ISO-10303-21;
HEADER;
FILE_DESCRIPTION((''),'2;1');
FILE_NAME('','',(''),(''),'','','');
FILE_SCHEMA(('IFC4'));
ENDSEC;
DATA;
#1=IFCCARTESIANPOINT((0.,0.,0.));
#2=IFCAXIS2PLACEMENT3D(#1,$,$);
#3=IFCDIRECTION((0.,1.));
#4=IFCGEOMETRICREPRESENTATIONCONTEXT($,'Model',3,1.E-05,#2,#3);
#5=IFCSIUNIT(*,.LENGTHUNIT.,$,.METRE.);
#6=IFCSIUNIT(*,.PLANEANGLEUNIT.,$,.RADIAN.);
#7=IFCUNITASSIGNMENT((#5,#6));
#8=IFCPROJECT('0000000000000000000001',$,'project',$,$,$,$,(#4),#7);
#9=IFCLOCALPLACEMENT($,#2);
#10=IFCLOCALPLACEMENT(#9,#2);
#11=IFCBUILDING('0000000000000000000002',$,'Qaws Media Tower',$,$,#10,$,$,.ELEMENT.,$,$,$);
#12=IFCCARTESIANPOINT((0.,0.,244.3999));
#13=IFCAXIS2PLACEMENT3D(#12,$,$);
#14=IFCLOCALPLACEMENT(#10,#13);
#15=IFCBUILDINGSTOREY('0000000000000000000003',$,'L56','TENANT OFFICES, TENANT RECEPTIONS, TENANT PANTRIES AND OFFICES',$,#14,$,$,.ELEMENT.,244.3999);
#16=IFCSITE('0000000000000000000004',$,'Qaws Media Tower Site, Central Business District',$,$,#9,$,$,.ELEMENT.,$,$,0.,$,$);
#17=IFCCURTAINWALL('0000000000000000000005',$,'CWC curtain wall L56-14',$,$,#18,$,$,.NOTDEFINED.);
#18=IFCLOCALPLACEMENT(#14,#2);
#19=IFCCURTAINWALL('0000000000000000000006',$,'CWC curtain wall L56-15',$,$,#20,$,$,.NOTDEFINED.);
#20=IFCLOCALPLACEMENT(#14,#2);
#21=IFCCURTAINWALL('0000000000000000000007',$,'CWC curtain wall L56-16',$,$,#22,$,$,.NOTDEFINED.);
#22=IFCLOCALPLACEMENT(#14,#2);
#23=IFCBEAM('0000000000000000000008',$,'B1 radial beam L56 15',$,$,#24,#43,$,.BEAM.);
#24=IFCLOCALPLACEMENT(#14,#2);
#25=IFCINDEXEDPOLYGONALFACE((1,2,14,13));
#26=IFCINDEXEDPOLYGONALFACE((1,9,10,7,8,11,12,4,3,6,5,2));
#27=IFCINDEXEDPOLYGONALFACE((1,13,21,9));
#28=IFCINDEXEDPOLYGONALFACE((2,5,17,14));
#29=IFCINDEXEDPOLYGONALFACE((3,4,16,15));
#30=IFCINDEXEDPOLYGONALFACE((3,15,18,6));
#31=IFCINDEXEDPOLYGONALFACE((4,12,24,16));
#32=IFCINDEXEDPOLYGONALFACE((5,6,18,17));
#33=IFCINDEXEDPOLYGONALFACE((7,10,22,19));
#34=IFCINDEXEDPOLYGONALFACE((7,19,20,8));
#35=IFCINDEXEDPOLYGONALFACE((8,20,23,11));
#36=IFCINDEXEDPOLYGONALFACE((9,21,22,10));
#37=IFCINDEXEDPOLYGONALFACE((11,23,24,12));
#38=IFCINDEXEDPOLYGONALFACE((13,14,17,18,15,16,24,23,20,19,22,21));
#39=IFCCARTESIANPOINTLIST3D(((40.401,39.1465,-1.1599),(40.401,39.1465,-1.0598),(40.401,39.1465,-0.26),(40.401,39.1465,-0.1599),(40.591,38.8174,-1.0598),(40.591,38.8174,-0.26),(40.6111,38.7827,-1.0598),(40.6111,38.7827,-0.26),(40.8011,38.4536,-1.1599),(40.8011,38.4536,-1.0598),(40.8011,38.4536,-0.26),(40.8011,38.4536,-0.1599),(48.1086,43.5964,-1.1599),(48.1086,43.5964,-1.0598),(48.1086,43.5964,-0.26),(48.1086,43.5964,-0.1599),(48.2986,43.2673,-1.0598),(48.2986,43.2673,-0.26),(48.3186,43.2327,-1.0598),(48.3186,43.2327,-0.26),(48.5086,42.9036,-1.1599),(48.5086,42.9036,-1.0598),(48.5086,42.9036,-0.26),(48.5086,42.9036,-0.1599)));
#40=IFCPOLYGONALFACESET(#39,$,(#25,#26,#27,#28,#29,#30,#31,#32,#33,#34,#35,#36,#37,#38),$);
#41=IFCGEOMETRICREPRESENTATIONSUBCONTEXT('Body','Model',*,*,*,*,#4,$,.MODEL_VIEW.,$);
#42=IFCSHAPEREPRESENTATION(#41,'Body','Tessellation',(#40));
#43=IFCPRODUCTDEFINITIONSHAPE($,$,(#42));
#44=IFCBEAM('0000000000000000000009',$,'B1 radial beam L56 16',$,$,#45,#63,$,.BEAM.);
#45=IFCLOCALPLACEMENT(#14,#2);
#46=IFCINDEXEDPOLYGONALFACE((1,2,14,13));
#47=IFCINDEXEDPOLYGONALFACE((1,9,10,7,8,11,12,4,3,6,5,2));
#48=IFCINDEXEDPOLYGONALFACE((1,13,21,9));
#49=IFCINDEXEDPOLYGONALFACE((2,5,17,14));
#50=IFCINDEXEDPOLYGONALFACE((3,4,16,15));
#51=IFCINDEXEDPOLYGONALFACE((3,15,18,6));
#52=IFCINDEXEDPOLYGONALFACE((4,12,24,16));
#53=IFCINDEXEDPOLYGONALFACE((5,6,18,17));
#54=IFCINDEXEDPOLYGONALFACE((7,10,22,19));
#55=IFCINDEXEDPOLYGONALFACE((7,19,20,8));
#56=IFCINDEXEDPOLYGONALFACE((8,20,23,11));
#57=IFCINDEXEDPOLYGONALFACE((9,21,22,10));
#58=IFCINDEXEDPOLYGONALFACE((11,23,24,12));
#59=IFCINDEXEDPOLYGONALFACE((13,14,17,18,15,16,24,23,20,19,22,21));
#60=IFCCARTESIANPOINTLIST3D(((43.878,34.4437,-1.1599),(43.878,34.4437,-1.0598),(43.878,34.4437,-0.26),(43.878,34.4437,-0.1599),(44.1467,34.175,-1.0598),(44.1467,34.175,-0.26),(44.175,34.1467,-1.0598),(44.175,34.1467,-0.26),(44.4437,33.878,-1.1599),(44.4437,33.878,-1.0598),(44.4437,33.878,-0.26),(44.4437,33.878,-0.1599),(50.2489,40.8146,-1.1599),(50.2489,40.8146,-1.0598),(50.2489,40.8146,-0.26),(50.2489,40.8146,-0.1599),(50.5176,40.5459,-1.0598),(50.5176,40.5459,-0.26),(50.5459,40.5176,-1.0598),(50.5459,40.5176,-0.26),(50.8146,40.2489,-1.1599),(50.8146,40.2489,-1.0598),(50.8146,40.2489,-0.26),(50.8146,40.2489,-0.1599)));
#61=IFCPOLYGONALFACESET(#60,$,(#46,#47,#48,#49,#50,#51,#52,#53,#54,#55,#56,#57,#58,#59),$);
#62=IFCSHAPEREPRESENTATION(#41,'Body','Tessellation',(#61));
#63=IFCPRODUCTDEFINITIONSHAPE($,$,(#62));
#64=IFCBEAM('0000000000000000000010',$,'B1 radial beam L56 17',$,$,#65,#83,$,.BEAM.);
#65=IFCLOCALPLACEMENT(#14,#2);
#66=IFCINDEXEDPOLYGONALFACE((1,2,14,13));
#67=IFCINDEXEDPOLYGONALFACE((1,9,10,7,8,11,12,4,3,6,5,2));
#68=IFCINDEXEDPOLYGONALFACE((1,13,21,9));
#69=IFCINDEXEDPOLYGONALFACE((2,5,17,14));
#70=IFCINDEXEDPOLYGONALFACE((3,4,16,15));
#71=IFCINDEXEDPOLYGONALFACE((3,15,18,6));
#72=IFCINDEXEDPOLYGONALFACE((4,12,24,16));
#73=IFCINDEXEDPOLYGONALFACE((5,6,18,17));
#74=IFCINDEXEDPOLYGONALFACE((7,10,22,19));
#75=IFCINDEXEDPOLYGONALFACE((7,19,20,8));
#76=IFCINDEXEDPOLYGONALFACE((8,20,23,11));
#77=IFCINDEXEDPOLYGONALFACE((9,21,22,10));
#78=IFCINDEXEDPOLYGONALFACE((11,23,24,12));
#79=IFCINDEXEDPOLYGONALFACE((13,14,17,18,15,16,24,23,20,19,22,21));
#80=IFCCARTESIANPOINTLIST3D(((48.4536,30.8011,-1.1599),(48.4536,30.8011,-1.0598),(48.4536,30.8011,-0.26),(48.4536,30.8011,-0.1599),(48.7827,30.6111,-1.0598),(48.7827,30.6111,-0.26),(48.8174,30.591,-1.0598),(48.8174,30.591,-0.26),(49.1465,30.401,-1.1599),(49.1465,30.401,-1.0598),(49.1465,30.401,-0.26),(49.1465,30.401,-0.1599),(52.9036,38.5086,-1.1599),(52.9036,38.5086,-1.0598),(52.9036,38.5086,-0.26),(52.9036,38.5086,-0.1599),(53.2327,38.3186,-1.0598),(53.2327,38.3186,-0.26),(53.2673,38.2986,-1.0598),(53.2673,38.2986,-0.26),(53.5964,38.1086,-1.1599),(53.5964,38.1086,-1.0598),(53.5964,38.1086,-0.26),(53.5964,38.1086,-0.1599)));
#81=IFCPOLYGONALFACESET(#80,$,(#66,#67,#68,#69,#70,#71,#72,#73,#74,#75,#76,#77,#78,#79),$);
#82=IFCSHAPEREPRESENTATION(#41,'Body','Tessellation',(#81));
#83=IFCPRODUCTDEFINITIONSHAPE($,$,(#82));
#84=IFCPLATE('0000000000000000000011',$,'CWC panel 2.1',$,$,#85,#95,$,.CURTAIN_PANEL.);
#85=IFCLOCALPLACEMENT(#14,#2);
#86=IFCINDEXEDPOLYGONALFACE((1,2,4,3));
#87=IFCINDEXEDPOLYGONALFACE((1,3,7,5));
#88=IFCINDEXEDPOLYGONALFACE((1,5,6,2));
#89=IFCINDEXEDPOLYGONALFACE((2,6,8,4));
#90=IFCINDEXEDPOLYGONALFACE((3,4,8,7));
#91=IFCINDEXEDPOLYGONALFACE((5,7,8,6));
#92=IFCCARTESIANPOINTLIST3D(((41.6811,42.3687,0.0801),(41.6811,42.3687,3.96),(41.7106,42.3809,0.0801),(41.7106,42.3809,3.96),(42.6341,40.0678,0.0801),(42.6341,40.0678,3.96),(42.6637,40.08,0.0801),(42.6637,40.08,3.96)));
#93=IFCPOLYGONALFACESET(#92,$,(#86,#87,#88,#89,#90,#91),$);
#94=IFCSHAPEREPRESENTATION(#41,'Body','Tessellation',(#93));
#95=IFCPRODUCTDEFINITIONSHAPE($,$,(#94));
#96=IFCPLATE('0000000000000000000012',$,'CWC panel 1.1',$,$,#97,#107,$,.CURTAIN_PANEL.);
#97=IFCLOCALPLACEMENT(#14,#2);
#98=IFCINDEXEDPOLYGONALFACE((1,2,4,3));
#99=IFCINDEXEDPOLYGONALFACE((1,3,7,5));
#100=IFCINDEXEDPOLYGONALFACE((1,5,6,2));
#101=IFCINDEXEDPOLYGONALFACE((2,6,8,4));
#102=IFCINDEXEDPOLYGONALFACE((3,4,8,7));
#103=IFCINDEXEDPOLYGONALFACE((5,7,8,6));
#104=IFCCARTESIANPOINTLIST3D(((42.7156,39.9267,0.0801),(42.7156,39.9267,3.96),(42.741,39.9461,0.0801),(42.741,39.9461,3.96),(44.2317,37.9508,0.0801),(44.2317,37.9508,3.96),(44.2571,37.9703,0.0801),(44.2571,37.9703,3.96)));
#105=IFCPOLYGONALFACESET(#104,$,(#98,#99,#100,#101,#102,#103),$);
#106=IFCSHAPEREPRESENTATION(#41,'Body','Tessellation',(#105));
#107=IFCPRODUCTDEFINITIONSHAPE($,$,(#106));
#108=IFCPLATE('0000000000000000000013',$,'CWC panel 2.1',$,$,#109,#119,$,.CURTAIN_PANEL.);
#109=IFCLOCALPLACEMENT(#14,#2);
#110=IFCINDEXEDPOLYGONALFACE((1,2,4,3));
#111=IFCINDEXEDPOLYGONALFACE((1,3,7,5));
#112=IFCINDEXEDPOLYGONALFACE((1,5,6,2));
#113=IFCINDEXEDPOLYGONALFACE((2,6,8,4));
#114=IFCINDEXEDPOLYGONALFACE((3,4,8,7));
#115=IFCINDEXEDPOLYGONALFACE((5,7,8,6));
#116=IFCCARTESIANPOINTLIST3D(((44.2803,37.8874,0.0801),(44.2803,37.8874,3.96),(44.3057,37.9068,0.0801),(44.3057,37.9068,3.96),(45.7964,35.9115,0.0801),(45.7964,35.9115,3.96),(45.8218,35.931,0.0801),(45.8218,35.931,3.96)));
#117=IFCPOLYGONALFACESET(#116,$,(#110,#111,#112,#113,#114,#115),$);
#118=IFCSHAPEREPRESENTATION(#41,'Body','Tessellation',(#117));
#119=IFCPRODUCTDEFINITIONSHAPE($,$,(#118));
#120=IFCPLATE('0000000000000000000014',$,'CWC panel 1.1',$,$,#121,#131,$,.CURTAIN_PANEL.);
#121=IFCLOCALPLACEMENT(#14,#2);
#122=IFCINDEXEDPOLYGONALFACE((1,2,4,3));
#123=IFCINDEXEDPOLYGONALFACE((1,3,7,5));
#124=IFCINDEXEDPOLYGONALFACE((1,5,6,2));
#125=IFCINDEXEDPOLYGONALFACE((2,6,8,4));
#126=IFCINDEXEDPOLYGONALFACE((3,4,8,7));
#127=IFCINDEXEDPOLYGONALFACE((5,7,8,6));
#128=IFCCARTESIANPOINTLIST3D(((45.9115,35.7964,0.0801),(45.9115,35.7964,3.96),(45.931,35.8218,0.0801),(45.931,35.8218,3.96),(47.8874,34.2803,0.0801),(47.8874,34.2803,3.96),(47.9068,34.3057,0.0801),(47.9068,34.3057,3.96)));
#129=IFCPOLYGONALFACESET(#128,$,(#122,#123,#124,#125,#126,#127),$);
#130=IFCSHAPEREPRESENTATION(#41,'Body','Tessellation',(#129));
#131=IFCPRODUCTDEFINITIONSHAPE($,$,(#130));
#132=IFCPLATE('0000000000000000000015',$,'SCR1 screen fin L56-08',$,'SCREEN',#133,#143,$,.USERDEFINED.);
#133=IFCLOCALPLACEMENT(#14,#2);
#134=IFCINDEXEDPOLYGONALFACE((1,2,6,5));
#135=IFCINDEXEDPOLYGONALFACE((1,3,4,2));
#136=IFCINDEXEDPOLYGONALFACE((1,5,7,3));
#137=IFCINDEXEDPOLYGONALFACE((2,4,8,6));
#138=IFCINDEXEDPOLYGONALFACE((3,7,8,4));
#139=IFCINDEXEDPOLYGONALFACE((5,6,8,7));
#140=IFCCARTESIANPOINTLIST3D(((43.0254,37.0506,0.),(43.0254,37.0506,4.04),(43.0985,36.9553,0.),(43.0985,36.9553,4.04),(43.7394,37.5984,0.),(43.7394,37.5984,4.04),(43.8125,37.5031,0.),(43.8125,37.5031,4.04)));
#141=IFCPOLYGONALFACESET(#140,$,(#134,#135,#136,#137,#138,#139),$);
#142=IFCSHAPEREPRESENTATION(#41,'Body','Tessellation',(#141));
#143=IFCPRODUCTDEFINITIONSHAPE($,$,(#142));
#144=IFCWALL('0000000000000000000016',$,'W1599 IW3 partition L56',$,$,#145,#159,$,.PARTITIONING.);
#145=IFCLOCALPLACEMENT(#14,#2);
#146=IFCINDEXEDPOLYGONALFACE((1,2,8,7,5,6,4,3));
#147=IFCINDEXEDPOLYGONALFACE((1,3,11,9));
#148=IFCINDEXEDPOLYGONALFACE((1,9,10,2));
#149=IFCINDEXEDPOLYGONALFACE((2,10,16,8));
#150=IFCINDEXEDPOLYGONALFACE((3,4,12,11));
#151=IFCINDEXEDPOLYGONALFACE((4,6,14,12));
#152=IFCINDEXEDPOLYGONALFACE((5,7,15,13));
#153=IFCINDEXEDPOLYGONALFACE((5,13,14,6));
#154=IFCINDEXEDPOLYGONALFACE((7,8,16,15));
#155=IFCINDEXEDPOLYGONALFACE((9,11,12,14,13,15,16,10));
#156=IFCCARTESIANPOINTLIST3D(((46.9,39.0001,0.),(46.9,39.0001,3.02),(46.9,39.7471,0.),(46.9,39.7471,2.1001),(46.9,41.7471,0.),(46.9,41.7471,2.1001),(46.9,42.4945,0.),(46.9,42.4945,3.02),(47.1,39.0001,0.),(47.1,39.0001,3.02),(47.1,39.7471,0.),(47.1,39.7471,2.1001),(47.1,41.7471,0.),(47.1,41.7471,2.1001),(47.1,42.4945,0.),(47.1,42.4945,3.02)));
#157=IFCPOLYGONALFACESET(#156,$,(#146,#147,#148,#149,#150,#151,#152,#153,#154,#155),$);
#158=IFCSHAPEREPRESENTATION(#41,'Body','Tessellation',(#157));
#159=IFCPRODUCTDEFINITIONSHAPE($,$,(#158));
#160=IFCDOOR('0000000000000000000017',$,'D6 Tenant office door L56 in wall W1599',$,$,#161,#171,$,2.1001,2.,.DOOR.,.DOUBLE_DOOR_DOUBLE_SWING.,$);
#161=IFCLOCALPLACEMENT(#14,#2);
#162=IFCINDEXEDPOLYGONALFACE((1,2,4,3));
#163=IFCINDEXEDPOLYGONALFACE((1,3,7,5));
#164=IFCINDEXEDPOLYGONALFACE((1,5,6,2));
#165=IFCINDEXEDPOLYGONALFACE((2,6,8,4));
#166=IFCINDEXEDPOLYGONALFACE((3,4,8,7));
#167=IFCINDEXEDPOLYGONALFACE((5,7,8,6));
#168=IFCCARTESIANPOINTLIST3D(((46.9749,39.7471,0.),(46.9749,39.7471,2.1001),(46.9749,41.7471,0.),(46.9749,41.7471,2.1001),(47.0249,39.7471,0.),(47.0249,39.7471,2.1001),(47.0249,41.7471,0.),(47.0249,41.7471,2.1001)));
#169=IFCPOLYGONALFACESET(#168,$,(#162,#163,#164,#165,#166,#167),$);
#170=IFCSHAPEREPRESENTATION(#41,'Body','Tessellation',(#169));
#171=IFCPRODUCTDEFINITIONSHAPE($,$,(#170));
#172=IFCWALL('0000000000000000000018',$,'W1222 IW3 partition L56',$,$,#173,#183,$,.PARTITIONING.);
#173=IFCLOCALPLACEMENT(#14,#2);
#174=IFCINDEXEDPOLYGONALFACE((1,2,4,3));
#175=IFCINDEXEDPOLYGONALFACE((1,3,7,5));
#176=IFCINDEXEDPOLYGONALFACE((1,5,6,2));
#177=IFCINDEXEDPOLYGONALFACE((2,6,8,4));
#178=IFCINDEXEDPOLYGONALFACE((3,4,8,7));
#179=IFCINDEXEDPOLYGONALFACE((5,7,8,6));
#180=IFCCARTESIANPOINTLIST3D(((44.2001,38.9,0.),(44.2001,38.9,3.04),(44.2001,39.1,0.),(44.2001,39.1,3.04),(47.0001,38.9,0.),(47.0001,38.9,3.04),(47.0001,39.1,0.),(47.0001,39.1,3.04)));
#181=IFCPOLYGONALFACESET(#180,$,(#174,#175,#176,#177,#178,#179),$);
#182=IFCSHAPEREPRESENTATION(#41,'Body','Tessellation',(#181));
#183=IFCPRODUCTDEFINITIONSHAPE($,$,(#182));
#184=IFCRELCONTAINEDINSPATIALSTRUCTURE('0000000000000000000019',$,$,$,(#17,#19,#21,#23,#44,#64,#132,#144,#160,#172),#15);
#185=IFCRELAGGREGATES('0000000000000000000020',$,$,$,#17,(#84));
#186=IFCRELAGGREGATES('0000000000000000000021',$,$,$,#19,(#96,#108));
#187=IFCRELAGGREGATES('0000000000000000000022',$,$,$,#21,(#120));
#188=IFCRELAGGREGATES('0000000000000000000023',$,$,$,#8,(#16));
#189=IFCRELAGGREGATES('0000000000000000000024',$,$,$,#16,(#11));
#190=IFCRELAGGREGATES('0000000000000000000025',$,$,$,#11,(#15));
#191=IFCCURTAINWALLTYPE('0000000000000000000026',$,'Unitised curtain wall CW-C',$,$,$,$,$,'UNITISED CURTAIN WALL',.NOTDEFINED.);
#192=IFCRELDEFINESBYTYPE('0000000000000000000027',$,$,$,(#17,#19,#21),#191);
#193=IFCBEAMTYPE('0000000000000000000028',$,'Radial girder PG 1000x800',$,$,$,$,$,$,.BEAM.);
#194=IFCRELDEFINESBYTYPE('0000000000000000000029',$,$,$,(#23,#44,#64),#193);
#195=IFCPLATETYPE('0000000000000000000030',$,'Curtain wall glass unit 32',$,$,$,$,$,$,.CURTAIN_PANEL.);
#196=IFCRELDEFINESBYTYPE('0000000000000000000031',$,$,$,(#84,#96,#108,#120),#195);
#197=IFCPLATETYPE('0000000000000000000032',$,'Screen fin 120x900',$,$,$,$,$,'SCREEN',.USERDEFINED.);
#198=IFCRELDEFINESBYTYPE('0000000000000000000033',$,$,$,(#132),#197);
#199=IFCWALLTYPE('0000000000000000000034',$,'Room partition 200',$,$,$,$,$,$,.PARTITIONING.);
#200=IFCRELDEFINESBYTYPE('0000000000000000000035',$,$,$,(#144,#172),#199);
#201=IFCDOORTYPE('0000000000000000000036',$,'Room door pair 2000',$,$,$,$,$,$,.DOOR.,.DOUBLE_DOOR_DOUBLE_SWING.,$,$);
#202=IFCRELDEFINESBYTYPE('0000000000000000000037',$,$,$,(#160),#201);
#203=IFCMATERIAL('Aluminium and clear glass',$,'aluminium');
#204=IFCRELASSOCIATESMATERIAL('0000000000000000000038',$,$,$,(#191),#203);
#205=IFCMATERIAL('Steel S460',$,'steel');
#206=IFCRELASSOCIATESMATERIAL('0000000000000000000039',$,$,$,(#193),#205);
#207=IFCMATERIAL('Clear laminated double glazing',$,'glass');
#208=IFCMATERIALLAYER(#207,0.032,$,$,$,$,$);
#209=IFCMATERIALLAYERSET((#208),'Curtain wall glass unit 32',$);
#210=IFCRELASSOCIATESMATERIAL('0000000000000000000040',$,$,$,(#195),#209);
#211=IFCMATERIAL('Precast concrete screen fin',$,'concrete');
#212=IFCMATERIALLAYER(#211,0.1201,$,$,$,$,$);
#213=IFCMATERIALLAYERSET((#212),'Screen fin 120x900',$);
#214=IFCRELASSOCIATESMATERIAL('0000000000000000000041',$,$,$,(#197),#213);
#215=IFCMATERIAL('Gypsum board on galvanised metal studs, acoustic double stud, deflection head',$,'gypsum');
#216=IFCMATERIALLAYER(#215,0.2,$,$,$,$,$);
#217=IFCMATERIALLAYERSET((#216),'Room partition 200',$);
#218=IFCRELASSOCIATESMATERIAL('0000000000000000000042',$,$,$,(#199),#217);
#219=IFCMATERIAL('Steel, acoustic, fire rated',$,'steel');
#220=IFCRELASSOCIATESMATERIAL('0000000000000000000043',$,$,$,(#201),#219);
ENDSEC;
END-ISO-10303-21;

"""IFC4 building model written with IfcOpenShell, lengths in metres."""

from ifc_helpers import new_model, si_unit, direction, frame, frame_2d, origin, origin_2d, place, context, subcontext, project, spatial, rectangle, i_section, extrude, material, layer, layer_set, material_profile, profile_set, type_object, element, fill, aggregate, save


model = new_model("IFC4")

# Units and contexts
model_context = context("Model", 3, precision=1e-05, world=origin(), true_north=direction((0.0, 1.0)))
body_context = subcontext(model_context, "Body", "Model", "MODEL_VIEW")
ifc_project = project(units=[si_unit("LENGTHUNIT", "METRE"), si_unit("PLANEANGLEUNIT", "RADIAN")], contexts=[model_context])

# Site, building, storey
site_placement = place(None, origin())
site = spatial("IfcSite", under=ifc_project, at=site_placement, Name="Qaws Media Tower Site, Central Business District", CompositionType="ELEMENT", RefElevation=0.0)
building_placement = place(site_placement, origin())
building = spatial("IfcBuilding", under=site, at=building_placement, Name="Qaws Media Tower", CompositionType="ELEMENT")
storey_placement = place(building_placement, frame((0.0, 0.0, 244.3999)))
storey = spatial("IfcBuildingStorey", under=building, at=storey_placement, Name="L56", Description="TENANT OFFICES, TENANT RECEPTIONS, TENANT PANTRIES AND OFFICES", CompositionType="ELEMENT", Elevation=244.3999)

# Curtain wall
ifc_material_1 = material(Name="Aluminium and clear glass", Category="aluminium")
curtain_wall_type = type_object("IfcCurtainWallType", Name="Unitised curtain wall CW-C", ElementType="UNITISED CURTAIN WALL", PredefinedType="NOTDEFINED", material=ifc_material_1)
curtain_wall_1_placement = place(storey_placement, origin())
curtain_wall_1 = element("IfcCurtainWall", 1, at=curtain_wall_1_placement, inside=storey, type_object=curtain_wall_type, Name="CWC curtain wall L56-14", PredefinedType="NOTDEFINED")

# Curtain wall
curtain_wall_2_placement = place(storey_placement, origin())
curtain_wall_2 = element("IfcCurtainWall", 2, at=curtain_wall_2_placement, inside=storey, type_object=curtain_wall_type, Name="CWC curtain wall L56-15", PredefinedType="NOTDEFINED")

# Curtain wall
curtain_wall_3_placement = place(storey_placement, origin())
curtain_wall_3 = element("IfcCurtainWall", 3, at=curtain_wall_3_placement, inside=storey, type_object=curtain_wall_type, Name="CWC curtain wall L56-16", PredefinedType="NOTDEFINED")

# Beams
ifc_material_2 = material(Name="Steel S460", Category="steel")
ifc_material_profile_1 = material_profile(ifc_material_2, i_section(OverallWidth=0.8, OverallDepth=1.0, WebThickness=0.04, FlangeThickness=0.1001, at=origin_2d()), Name="PG 1000x800")
ifc_profile_set_1 = profile_set([ifc_material_profile_1], Name="Steel S460")
beam_type_1 = type_object("IfcBeamType", Name="Radial girder PG 1000x800", PredefinedType="BEAM", material=ifc_profile_set_1)
beam_1_placement = place(storey_placement, frame((48.3086, 43.25, -0.6599), z_axis=(-0.866025, -0.500001, 0.0), x_axis=(0.500001, -0.866025, 0.0)))
element("IfcBeam", 4, at=beam_1_placement, inside=storey, type_object=beam_type_1, Name="B1 radial beam L56 15", PredefinedType="BEAM", context=body_context, shape_type="SweptSolid", body=[
    extrude(i_section(OverallWidth=0.8, OverallDepth=1.0, WebThickness=0.04, FlangeThickness=0.1001, at=origin_2d()), origin(), (0.0, 0.0, 1.0), 8.8999),
])
beam_2_placement = place(storey_placement, frame((50.5317, 40.5317, -0.6599), z_axis=(-0.707107, -0.707107, 0.0), x_axis=(0.707107, -0.707107, 0.0)))
element("IfcBeam", 5, at=beam_2_placement, inside=storey, type_object=beam_type_1, Name="B1 radial beam L56 16", PredefinedType="BEAM", context=body_context, shape_type="SweptSolid", body=[
    extrude(i_section(OverallWidth=0.8, OverallDepth=1.0, WebThickness=0.04, FlangeThickness=0.1001, at=origin_2d()), origin(), (0.0, 0.0, 1.0), 9.0098),
])
beam_3_placement = place(storey_placement, frame((53.25, 38.3086, -0.6599), z_axis=(-0.500001, -0.866025, 0.0), x_axis=(0.866025, -0.500001, 0.0)))
element("IfcBeam", 6, at=beam_3_placement, inside=storey, type_object=beam_type_1, Name="B1 radial beam L56 17", PredefinedType="BEAM", context=body_context, shape_type="SweptSolid", body=[
    extrude(i_section(OverallWidth=0.8, OverallDepth=1.0, WebThickness=0.04, FlangeThickness=0.1001, at=origin_2d()), origin(), (0.0, 0.0, 1.0), 8.8999),
])

# Plates
ifc_material_3 = material(Name="Clear laminated double glazing", Category="glass")
ifc_layer_1 = layer(ifc_material_3, 0.032)
ifc_layer_set_1 = layer_set([ifc_layer_1], Name="Curtain wall glass unit 32")
plate_type_1 = type_object("IfcPlateType", Name="Curtain wall glass unit 32", PredefinedType="CURTAIN_PANEL", material=ifc_layer_set_1)
plate_1_placement = place(storey_placement, frame((42.1724, 41.2244, 0.0801), z_axis=(0.0, 0.0, 1.0), x_axis=(0.382684, -0.923879, 0.0)))
plate_1 = element("IfcPlate", 7, at=plate_1_placement, type_object=plate_type_1, Name="CWC panel 2.1", PredefinedType="CURTAIN_PANEL", context=body_context, shape_type="SweptSolid", body=[
    extrude(rectangle(XDim=2.4905, YDim=0.032, at=origin_2d()), origin(), (0.0, 0.0, 1.0), 3.8799),
])
aggregate(curtain_wall_1, [plate_1])
plate_2_placement = place(storey_placement, frame((43.4863, 38.9485, 0.0801), z_axis=(0.0, 0.0, 1.0), x_axis=(0.608761, -0.793353, 0.0)))
plate_2 = element("IfcPlate", 8, at=plate_2_placement, type_object=plate_type_1, Name="CWC panel 1.1", PredefinedType="CURTAIN_PANEL", context=body_context, shape_type="SweptSolid", body=[
    extrude(rectangle(XDim=2.4905, YDim=0.032, at=origin_2d()), origin(), (0.0, 0.0, 1.0), 3.8799),
])
plate_3_placement = place(storey_placement, frame((45.051, 36.9092, 0.0801), z_axis=(0.0, 0.0, 1.0), x_axis=(0.608761, -0.793353, 0.0)))
plate_3 = element("IfcPlate", 9, at=plate_3_placement, type_object=plate_type_1, Name="CWC panel 2.1", PredefinedType="CURTAIN_PANEL", context=body_context, shape_type="SweptSolid", body=[
    extrude(rectangle(XDim=2.4905, YDim=0.032, at=origin_2d()), origin(), (0.0, 0.0, 1.0), 3.8799),
])
aggregate(curtain_wall_2, [plate_2, plate_3])
plate_4_placement = place(storey_placement, frame((46.9092, 35.051, 0.0801), z_axis=(0.0, 0.0, 1.0), x_axis=(0.793353, -0.608761, 0.0)))
plate_4 = element("IfcPlate", 10, at=plate_4_placement, type_object=plate_type_1, Name="CWC panel 1.1", PredefinedType="CURTAIN_PANEL", context=body_context, shape_type="SweptSolid", body=[
    extrude(rectangle(XDim=2.4905, YDim=0.032, at=origin_2d()), origin(), (0.0, 0.0, 1.0), 3.8799),
])
aggregate(curtain_wall_3, [plate_4])
ifc_material_4 = material(Name="Precast concrete screen fin", Category="concrete")
ifc_layer_2 = layer(ifc_material_4, 0.1201)
ifc_layer_set_2 = layer_set([ifc_layer_2], Name="Screen fin 120x900")
plate_type_2 = type_object("IfcPlateType", Name="Screen fin 120x900", ElementType="SCREEN", PredefinedType="USERDEFINED", material=ifc_layer_set_2)
plate_5_placement = place(storey_placement, frame((43.4189, 37.2769, 0.0), z_axis=(0.0, 0.0, 1.0), x_axis=(-0.793353, -0.608761, 0.0)))
element("IfcPlate", 11, at=plate_5_placement, inside=storey, type_object=plate_type_2, Name="SCR1 screen fin L56-08", ObjectType="SCREEN", PredefinedType="USERDEFINED", context=body_context, shape_type="SweptSolid", body=[
    extrude(rectangle(XDim=0.8999, YDim=0.1201, at=origin_2d()), origin(), (0.0, 0.0, 1.0), 4.04),
])

# Wall, opening, door
ifc_material_5 = material(Name="Gypsum board on galvanised metal studs, acoustic double stud, deflection head", Category="gypsum")
ifc_layer_3 = layer(ifc_material_5, 0.2)
ifc_layer_set_3 = layer_set([ifc_layer_3], Name="Room partition 200")
wall_type = type_object("IfcWallType", Name="Room partition 200", PredefinedType="PARTITIONING", material=ifc_layer_set_3)
wall_1_placement = place(storey_placement, frame((47.0, 42.4944, 0.0), z_axis=(0.0, 0.0, 1.0), x_axis=(0.0, -1.0, 0.0)))
wall_1 = element("IfcWall", 12, at=wall_1_placement, inside=storey, type_object=wall_type, Name="W1599 IW3 partition L56", PredefinedType="PARTITIONING", context=body_context, shape_type="SweptSolid", body=[
    extrude(rectangle(XDim=3.4944, YDim=0.2, at=frame_2d((1.7471, 0.0))), origin(), (0.0, 0.0, 1.0), 3.02),
])
opening_1_placement = place(wall_1_placement, frame((0.7473, 0.0, 0.0)))
opening_1 = element("IfcOpeningElement", 13, at=opening_1_placement, cuts=wall_1, PredefinedType="OPENING", context=body_context, shape_type="SweptSolid", body=[
    extrude(rectangle(XDim=2.0, YDim=2.1001, at=frame_2d((1.0, 1.05))), frame((0.0, 0.1099, 0.0), z_axis=(0.0, -1.0, 0.0), x_axis=(1.0, 0.0, 0.0)), (0.0, 0.0, 1.0), 0.22),
])
ifc_material_6 = material(Name="Steel, acoustic, fire rated", Category="steel")
door_type_1 = type_object("IfcDoorType", Name="Room door pair 2000", OperationType="DOUBLE_DOOR_DOUBLE_SWING", PredefinedType="DOOR", material=ifc_material_6)
door_1_placement = place(opening_1_placement, origin())
door_1 = element("IfcDoor", 14, at=door_1_placement, inside=storey, type_object=door_type_1, Name="D6 Tenant office door L56 in wall W1599", OperationType="DOUBLE_DOOR_DOUBLE_SWING", OverallHeight=2.1001, OverallWidth=2.0, PredefinedType="DOOR", context=body_context, shape_type="SweptSolid", body=[
    extrude(rectangle(XDim=2.0, YDim=2.1001, at=frame_2d((1.0, 1.05))), frame((0.0, 0.0249, 0.0), z_axis=(0.0, -1.0, 0.0), x_axis=(1.0, 0.0, 0.0)), (0.0, 0.0, 1.0), 0.05),
])
fill(opening_1, door_1)

# Wall
wall_2_placement = place(storey_placement, frame((47.0, 39.0, 0.0), z_axis=(0.0, 0.0, 1.0), x_axis=(-1.0, 0.0, 0.0)))
element("IfcWall", 15, at=wall_2_placement, inside=storey, type_object=wall_type, Name="W1222 IW3 partition L56", PredefinedType="PARTITIONING", context=body_context, shape_type="SweptSolid", body=[
    extrude(rectangle(XDim=2.8, YDim=0.2, at=frame_2d((1.3999, 0.0))), origin(), (0.0, 0.0, 1.0), 3.04),
])

save(model, "model.ifc")
